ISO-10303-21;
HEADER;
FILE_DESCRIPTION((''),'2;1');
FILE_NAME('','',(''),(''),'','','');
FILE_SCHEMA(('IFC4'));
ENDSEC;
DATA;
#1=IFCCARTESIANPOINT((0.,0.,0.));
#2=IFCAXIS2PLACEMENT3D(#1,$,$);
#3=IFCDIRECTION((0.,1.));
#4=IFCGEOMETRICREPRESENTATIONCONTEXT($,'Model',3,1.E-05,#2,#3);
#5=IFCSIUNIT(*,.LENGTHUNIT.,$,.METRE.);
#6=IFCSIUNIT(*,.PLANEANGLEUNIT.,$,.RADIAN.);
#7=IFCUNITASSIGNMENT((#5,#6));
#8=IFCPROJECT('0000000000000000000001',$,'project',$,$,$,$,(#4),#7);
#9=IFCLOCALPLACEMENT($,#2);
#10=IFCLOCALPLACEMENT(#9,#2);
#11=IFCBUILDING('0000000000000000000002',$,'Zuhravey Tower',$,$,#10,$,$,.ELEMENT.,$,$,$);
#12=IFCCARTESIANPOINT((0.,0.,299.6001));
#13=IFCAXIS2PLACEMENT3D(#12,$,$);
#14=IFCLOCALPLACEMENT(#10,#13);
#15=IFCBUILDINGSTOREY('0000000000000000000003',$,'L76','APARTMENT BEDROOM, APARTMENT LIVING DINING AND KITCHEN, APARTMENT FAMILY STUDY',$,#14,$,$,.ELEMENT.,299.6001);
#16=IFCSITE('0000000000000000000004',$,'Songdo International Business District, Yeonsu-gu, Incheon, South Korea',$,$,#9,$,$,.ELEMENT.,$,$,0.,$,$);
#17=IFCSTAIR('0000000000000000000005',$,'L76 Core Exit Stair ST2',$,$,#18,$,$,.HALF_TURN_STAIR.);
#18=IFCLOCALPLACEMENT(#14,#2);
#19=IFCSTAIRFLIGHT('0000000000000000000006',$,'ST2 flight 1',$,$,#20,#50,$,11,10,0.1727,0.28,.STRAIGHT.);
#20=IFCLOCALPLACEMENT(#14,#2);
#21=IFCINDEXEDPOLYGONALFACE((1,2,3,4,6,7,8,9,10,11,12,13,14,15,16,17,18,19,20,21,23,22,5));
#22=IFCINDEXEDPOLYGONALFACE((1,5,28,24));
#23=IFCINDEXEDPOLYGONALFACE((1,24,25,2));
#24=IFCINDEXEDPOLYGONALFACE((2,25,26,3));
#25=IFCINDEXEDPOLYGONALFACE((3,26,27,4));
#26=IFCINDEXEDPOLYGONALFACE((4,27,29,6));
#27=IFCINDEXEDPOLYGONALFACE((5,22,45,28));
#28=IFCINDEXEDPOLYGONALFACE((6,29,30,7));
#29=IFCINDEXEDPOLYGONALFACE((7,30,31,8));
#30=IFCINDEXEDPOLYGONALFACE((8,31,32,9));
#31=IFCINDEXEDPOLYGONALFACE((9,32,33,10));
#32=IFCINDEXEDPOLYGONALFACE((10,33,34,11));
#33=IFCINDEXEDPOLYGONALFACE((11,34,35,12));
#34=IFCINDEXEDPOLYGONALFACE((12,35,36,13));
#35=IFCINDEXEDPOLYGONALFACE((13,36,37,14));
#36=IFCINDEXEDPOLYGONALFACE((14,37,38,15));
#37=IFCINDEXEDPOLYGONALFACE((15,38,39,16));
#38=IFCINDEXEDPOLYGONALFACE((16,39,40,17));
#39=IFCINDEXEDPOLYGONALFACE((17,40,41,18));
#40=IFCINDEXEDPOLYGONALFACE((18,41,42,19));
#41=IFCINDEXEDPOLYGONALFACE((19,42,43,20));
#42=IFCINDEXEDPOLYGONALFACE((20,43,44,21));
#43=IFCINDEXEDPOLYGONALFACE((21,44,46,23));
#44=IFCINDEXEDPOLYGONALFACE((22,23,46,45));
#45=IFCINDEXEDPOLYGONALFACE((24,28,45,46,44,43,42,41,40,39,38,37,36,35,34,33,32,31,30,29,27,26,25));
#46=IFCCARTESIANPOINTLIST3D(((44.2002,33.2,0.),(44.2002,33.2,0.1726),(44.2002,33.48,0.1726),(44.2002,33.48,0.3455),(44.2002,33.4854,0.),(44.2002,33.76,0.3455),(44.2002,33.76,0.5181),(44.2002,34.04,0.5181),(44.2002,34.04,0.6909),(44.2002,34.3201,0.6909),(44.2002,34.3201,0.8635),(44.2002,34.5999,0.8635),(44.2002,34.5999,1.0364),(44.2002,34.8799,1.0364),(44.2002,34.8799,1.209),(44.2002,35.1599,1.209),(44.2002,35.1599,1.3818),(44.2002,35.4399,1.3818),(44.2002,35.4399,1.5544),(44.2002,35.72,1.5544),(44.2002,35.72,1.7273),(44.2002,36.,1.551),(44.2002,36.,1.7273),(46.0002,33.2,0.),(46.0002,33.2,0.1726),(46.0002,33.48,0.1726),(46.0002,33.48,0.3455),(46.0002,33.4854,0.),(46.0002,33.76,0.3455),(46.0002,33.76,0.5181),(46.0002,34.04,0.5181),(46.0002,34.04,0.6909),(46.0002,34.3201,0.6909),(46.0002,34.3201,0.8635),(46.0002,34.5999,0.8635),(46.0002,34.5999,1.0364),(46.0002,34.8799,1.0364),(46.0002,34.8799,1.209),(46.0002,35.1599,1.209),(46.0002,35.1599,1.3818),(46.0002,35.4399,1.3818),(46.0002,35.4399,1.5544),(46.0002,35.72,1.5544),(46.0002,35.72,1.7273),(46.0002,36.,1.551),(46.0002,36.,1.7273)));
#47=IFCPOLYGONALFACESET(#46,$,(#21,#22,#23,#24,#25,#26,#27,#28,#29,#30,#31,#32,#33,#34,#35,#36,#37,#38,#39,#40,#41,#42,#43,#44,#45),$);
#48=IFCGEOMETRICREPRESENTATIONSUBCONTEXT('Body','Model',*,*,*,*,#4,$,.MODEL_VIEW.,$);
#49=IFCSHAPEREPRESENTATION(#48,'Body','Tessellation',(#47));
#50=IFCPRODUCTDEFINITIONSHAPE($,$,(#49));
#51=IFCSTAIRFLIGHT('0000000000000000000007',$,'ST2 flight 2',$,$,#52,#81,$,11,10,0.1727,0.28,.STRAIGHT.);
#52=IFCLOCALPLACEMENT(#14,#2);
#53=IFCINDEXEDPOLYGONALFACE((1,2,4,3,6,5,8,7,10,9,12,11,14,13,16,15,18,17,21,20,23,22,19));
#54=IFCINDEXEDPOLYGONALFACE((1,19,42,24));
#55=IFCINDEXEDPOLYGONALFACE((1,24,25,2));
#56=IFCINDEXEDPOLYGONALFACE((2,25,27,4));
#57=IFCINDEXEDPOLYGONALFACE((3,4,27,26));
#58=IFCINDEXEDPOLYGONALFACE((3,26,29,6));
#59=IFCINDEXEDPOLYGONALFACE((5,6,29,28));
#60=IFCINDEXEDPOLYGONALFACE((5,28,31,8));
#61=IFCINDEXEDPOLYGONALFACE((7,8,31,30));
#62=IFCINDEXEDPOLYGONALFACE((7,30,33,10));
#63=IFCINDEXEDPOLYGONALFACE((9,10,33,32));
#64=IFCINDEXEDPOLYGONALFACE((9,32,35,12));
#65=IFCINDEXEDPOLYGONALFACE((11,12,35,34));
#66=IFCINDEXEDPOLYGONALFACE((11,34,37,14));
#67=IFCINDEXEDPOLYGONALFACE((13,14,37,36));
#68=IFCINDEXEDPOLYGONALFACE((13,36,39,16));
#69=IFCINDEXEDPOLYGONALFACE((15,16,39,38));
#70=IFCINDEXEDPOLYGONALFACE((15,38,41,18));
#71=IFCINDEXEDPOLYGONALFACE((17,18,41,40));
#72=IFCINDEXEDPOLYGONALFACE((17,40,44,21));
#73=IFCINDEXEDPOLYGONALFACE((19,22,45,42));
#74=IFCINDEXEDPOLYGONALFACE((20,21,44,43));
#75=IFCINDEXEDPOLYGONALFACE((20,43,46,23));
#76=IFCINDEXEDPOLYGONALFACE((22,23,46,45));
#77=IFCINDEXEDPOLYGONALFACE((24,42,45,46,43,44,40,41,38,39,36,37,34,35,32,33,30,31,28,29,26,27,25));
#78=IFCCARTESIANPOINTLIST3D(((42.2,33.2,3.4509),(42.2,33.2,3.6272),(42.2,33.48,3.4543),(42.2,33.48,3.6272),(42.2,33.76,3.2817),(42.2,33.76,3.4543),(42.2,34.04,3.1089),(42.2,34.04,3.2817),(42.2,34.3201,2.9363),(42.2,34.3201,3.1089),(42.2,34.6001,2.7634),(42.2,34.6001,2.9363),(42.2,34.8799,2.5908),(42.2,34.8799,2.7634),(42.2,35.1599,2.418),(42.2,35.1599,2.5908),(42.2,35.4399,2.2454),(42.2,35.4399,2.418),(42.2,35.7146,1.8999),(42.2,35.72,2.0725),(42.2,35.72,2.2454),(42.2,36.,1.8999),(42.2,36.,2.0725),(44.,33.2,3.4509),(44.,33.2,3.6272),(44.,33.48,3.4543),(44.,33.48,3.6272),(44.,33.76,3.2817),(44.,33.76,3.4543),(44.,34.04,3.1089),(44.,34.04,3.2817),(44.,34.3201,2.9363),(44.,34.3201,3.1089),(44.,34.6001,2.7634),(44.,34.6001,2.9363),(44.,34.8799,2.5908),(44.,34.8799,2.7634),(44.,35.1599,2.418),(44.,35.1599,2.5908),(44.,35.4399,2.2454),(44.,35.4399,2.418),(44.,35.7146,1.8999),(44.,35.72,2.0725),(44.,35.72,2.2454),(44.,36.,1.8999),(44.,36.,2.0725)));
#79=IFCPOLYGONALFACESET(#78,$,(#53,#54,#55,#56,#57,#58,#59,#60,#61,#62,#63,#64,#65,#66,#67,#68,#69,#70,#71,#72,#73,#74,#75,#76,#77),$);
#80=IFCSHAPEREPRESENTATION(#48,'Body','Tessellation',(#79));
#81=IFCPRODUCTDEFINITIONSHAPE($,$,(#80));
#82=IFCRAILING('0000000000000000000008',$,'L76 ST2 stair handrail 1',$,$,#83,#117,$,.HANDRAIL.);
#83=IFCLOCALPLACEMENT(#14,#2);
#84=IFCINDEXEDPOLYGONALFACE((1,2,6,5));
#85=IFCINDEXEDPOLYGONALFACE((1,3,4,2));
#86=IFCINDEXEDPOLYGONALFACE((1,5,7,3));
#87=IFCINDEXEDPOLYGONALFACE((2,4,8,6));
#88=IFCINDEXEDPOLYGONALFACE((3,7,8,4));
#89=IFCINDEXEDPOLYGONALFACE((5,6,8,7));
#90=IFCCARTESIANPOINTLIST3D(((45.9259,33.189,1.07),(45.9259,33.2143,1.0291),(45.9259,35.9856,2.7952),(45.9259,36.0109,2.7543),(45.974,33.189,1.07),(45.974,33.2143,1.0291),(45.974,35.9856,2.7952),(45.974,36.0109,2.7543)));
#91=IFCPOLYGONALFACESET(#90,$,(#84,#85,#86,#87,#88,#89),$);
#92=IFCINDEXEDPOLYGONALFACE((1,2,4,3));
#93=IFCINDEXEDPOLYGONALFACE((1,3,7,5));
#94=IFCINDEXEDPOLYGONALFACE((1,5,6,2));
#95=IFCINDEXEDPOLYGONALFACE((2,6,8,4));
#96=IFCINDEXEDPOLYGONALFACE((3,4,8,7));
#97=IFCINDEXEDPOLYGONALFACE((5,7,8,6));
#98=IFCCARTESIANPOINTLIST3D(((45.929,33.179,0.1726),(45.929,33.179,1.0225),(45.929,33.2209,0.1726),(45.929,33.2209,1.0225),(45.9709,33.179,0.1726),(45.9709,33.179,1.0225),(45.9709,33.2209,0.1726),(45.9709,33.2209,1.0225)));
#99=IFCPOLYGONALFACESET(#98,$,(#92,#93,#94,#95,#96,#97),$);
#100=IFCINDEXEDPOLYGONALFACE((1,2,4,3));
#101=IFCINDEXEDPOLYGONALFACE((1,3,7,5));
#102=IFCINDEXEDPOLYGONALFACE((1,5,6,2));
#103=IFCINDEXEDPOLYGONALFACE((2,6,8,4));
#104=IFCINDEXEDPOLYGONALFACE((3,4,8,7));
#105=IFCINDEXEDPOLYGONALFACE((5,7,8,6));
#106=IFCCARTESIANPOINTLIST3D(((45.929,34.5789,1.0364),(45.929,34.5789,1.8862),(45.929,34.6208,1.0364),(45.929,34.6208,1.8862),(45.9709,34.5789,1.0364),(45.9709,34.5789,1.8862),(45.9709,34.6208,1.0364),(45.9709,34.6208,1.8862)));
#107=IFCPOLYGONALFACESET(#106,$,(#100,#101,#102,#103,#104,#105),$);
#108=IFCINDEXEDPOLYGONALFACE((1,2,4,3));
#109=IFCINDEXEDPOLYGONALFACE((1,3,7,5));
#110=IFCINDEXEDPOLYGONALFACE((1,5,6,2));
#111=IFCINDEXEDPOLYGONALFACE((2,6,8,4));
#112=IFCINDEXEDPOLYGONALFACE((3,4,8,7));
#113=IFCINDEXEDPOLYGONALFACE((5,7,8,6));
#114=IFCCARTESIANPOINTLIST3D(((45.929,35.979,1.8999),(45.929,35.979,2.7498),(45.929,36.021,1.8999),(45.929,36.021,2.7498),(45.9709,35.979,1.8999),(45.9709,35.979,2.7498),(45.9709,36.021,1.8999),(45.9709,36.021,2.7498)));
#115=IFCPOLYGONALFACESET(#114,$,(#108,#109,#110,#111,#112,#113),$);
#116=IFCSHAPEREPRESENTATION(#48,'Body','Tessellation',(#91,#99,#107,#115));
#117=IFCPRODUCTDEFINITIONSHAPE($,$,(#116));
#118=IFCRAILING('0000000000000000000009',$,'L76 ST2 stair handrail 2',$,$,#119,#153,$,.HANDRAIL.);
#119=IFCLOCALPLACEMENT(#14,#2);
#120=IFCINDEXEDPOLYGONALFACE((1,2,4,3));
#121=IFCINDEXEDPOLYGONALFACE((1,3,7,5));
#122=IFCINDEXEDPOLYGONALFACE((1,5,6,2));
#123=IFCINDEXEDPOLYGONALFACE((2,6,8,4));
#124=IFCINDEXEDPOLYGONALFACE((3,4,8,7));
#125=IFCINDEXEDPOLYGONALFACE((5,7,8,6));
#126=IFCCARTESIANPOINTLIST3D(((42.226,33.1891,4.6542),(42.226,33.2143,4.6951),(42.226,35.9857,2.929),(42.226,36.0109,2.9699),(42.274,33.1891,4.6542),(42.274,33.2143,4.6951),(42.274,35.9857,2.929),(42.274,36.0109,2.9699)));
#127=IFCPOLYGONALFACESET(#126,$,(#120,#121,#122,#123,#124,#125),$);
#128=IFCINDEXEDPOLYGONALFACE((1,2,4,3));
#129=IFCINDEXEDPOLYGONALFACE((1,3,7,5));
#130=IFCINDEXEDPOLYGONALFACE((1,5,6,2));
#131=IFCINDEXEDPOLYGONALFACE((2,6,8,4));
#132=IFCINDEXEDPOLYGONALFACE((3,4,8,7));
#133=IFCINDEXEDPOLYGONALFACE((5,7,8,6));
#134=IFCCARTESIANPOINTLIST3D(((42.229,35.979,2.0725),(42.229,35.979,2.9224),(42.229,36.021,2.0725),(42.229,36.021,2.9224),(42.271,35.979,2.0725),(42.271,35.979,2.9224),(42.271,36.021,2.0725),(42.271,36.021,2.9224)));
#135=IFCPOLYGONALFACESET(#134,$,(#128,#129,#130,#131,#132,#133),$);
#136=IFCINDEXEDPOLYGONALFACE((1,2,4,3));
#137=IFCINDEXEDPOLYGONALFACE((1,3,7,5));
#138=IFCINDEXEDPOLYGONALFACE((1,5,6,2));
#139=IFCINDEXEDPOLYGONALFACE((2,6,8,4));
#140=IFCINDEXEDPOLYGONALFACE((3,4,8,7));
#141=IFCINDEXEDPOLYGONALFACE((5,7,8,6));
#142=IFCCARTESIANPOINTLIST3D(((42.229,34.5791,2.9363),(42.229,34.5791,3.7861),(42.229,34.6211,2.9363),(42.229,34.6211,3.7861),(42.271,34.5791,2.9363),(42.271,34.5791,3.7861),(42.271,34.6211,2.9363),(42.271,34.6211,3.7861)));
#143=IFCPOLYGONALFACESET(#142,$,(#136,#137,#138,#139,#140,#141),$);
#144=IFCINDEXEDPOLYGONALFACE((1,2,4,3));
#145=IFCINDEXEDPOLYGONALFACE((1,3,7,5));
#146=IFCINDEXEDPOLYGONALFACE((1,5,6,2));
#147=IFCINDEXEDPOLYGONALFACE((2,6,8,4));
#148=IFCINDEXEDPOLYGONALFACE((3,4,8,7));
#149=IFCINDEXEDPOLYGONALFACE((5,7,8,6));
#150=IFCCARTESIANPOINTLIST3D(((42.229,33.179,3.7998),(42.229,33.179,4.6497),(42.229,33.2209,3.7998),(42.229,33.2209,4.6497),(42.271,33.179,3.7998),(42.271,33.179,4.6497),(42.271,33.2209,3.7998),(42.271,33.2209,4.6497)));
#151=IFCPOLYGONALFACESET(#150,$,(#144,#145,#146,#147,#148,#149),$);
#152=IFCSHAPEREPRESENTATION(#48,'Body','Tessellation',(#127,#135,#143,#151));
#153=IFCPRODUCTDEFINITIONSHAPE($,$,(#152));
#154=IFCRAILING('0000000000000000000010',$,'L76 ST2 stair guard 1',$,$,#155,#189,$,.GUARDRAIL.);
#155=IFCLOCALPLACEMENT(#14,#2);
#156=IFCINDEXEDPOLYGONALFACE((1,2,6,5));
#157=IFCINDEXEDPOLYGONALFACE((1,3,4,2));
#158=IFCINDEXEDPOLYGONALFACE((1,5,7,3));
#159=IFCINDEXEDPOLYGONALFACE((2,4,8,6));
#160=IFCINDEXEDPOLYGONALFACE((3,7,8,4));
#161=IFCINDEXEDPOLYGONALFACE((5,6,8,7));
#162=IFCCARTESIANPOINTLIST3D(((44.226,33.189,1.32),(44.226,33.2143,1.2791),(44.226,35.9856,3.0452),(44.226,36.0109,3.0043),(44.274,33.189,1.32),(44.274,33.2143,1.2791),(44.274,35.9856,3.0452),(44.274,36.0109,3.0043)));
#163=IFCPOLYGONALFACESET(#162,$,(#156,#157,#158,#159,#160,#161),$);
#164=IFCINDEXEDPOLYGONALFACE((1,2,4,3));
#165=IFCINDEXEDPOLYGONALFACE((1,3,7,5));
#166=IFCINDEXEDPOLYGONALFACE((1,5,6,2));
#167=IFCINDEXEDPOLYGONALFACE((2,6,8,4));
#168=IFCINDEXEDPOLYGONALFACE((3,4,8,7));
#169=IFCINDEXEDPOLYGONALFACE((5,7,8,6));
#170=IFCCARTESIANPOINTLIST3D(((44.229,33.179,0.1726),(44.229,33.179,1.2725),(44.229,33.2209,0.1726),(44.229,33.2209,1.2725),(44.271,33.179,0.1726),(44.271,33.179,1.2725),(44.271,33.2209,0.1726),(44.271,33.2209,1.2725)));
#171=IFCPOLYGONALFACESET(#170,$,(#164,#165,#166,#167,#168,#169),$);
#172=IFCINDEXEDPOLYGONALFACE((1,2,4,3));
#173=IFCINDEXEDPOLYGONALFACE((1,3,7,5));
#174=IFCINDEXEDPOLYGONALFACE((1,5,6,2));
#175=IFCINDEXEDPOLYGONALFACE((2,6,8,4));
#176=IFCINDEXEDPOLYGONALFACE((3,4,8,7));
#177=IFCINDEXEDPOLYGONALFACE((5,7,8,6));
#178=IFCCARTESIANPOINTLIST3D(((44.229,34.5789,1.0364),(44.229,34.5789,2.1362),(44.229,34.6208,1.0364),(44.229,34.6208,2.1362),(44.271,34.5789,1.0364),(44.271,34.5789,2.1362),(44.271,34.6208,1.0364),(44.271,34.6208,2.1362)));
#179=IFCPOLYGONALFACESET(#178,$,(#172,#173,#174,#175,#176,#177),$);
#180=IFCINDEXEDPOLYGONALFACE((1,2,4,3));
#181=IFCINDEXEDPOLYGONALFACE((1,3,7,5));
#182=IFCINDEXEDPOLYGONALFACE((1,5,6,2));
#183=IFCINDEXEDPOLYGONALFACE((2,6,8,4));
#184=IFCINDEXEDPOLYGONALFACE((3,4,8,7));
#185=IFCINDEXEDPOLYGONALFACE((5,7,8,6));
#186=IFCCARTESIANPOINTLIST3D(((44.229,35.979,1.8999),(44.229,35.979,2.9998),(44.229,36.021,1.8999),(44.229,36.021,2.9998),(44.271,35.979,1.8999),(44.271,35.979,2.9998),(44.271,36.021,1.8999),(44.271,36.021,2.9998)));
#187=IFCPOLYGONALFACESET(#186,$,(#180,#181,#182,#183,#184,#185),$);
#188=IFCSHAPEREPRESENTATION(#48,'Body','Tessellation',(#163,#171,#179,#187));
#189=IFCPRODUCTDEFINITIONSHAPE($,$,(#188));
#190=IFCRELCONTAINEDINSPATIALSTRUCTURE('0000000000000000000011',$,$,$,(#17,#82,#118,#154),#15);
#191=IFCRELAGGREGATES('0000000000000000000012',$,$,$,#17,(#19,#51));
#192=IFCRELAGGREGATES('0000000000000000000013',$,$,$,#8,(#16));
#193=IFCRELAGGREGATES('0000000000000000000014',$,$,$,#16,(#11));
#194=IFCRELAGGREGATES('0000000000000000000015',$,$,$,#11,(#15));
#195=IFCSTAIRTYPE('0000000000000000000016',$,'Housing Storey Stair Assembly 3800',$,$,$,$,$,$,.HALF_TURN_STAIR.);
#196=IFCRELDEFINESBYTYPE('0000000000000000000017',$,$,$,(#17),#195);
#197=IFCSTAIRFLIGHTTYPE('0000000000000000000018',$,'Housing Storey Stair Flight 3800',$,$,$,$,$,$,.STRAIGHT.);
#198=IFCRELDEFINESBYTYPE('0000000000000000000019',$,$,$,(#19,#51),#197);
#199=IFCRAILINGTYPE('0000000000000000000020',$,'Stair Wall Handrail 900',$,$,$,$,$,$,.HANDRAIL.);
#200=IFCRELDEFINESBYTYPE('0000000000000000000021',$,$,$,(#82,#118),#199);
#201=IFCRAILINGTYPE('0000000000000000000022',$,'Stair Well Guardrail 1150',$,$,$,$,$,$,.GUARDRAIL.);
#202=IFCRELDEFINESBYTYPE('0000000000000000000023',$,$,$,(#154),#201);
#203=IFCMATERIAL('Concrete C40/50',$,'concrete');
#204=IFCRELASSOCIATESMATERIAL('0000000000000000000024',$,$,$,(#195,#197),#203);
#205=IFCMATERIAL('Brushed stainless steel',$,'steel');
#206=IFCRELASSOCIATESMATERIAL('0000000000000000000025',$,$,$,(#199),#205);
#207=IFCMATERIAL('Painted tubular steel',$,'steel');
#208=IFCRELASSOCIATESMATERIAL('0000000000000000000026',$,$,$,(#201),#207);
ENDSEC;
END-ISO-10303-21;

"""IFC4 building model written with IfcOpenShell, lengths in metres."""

from ifc_helpers import new_model, si_unit, direction, frame, origin, origin_2d, place, context, subcontext, project, spatial, polyline, rectangle, outline, extrude, material, type_object, element, aggregate, save


model = new_model("IFC4")

# Units and contexts
model_context = context("Model", 3, precision=1e-05, world=origin(), true_north=direction((0.0, 1.0)))
body_context = subcontext(model_context, "Body", "Model", "MODEL_VIEW")
ifc_project = project(units=[si_unit("LENGTHUNIT", "METRE"), si_unit("PLANEANGLEUNIT", "RADIAN")], contexts=[model_context])

# Site, building, storey
site_placement = place(None, origin())
site = spatial("IfcSite", under=ifc_project, at=site_placement, Name="Songdo International Business District, Yeonsu-gu, Incheon, South Korea", CompositionType="ELEMENT", RefElevation=0.0)
building_placement = place(site_placement, origin())
building = spatial("IfcBuilding", under=site, at=building_placement, Name="Zuhravey Tower", CompositionType="ELEMENT")
storey_placement = place(building_placement, frame((0.0, 0.0, 299.6001)))
storey = spatial("IfcBuildingStorey", under=building, at=storey_placement, Name="L76", Description="APARTMENT BEDROOM, APARTMENT LIVING DINING AND KITCHEN, APARTMENT FAMILY STUDY", CompositionType="ELEMENT", Elevation=299.6001)

# Shared definitions
ifc_material_1 = material(Name="Brushed stainless steel", Category="steel")

# Stair, stair flights
ifc_material_2 = material(Name="Concrete C40/50", Category="concrete")
stair_type = type_object("IfcStairType", Name="Housing Storey Stair Assembly 3800", PredefinedType="HALF_TURN_STAIR", material=ifc_material_2)
stair_placement = place(storey_placement, origin())
stair = element("IfcStair", 1, at=stair_placement, inside=storey, type_object=stair_type, Name="L76 Core Exit Stair ST2", PredefinedType="HALF_TURN_STAIR")
stair_flight_type = type_object("IfcStairFlightType", Name="Housing Storey Stair Flight 3800", PredefinedType="STRAIGHT", material=ifc_material_2)
stair_flight_1_placement = place(storey_placement, frame((45.1001, 33.2, 0.0), z_axis=(0.0, 0.0, 1.0), x_axis=(0.0, 1.0, 0.0)))
stair_flight_1 = element("IfcStairFlight", 2, at=stair_flight_1_placement, type_object=stair_flight_type, Name="ST2 flight 1", NumberOfRisers=11, NumberOfTreads=10, PredefinedType="STRAIGHT", RiserHeight=0.1727, TreadLength=0.28, context=body_context, shape_type="SweptSolid", body=[
    extrude(outline(polyline([(0.0, 0.0), (0.0, 0.1726), (0.28, 0.1726), (0.28, 0.3455), (0.5601, 0.3455), (0.5601, 0.5181), (0.8401, 0.5181), (0.8401, 0.6909), (1.1201, 0.6909), (1.1201, 0.8635), (1.3999, 0.8635), (1.3999, 1.0364), (1.6799, 1.0364), (1.6799, 1.209), (1.96, 1.209), (1.96, 1.3818), (2.24, 1.3818), (2.24, 1.5544), (2.52, 1.5544), (2.52, 1.7273), (2.8, 1.7273), (2.8, 1.8999), (2.8, 1.551), (0.2854, 0.0), (0.0, 0.0)])), frame((0.0, 0.8999, 0.0), z_axis=(0.0, -1.0, 0.0), x_axis=(1.0, 0.0, 0.0)), (0.0, 0.0, 1.0), 1.8),
])
stair_flight_2_placement = place(storey_placement, frame((43.1001, 36.0, 1.8999), z_axis=(0.0, 0.0, 1.0), x_axis=(0.0, -1.0, 0.0)))
stair_flight_2 = element("IfcStairFlight", 3, at=stair_flight_2_placement, type_object=stair_flight_type, Name="ST2 flight 2", NumberOfRisers=11, NumberOfTreads=10, PredefinedType="STRAIGHT", RiserHeight=0.1727, TreadLength=0.28, context=body_context, shape_type="SweptSolid", body=[
    extrude(outline(polyline([(0.0, 0.0), (0.0, 0.1726), (0.28, 0.1726), (0.28, 0.3455), (0.5601, 0.3455), (0.5601, 0.5181), (0.8401, 0.5181), (0.8401, 0.6909), (1.1201, 0.6909), (1.1201, 0.8635), (1.3999, 0.8635), (1.3999, 1.0364), (1.6799, 1.0364), (1.6799, 1.209), (1.96, 1.209), (1.96, 1.3818), (2.24, 1.3818), (2.24, 1.5544), (2.52, 1.5544), (2.52, 1.7273), (2.8, 1.7273), (2.8, 1.8999), (2.8, 1.551), (0.2854, 0.0), (0.0, 0.0)])), frame((0.0, 0.8999, 0.0), z_axis=(0.0, -1.0, 0.0), x_axis=(1.0, 0.0, 0.0)), (0.0, 0.0, 1.0), 1.8),
])
aggregate(stair, [stair_flight_1, stair_flight_2])

# Railings
railing_type_1 = type_object("IfcRailingType", Name="Stair Wall Handrail 900", PredefinedType="HANDRAIL", material=ifc_material_1)
railing_1_placement = place(storey_placement, frame((45.95, 33.2, 0.1726)))
element("IfcRailing", 4, at=railing_1_placement, inside=storey, type_object=railing_type_1, Name="L76 ST2 stair handrail 1", PredefinedType="HANDRAIL", context=body_context, shape_type="SweptSolid", body=[
    extrude(rectangle(XDim=0.0481, YDim=0.0481, at=origin_2d()), frame((0.0, 0.0017, 0.877), z_axis=(0.0, 0.85109, 0.52502), x_axis=(-1.0, 0.0, 0.0)), (0.0, 0.0, 1.0), 3.2859),
    extrude(rectangle(XDim=0.042, YDim=0.042, at=origin_2d()), origin(), (0.0, 0.0, 1.0), 0.8499),
    extrude(rectangle(XDim=0.042, YDim=0.042, at=origin_2d()), frame((0.0, 1.3999, 0.8638)), (0.0, 0.0, 1.0), 0.8499),
    extrude(rectangle(XDim=0.042, YDim=0.042, at=origin_2d()), frame((0.0, 2.8, 1.7273)), (0.0, 0.0, 1.0), 0.8499),
])
railing_2_placement = place(storey_placement, frame((42.25, 36.0, 2.0725)))
element("IfcRailing", 5, at=railing_2_placement, inside=storey, type_object=railing_type_1, Name="L76 ST2 stair handrail 2", PredefinedType="HANDRAIL", context=body_context, shape_type="SweptSolid", body=[
    extrude(rectangle(XDim=0.0481, YDim=0.0481, at=origin_2d()), frame((0.0, -0.0017, 0.877), z_axis=(0.0, -0.85109, 0.52502), x_axis=(1.0, 0.0, 0.0)), (0.0, 0.0, 1.0), 3.2859),
    extrude(rectangle(XDim=0.042, YDim=0.042, at=origin_2d()), origin(), (0.0, 0.0, 1.0), 0.8499),
    extrude(rectangle(XDim=0.042, YDim=0.042, at=origin_2d()), frame((0.0, -1.3999, 0.8638)), (0.0, 0.0, 1.0), 0.8499),
    extrude(rectangle(XDim=0.042, YDim=0.042, at=origin_2d()), frame((0.0, -2.8, 1.7273)), (0.0, 0.0, 1.0), 0.8499),
])
ifc_material_3 = material(Name="Painted tubular steel", Category="steel")
railing_type_2 = type_object("IfcRailingType", Name="Stair Well Guardrail 1150", PredefinedType="GUARDRAIL", material=ifc_material_3)
railing_3_placement = place(storey_placement, frame((44.25, 33.2, 0.1726)))
element("IfcRailing", 6, at=railing_3_placement, inside=storey, type_object=railing_type_2, Name="L76 ST2 stair guard 1", PredefinedType="GUARDRAIL", context=body_context, shape_type="SweptSolid", body=[
    extrude(rectangle(XDim=0.0481, YDim=0.0481, at=origin_2d()), frame((0.0, 0.0017, 1.127), z_axis=(0.0, 0.85109, 0.52502), x_axis=(-1.0, 0.0, 0.0)), (0.0, 0.0, 1.0), 3.2859),
    extrude(rectangle(XDim=0.042, YDim=0.042, at=origin_2d()), origin(), (0.0, 0.0, 1.0), 1.0999),
    extrude(rectangle(XDim=0.042, YDim=0.042, at=origin_2d()), frame((0.0, 1.3999, 0.8638)), (0.0, 0.0, 1.0), 1.0999),
    extrude(rectangle(XDim=0.042, YDim=0.042, at=origin_2d()), frame((0.0, 2.8, 1.7273)), (0.0, 0.0, 1.0), 1.0999),
])

save(model, "model.ifc")
